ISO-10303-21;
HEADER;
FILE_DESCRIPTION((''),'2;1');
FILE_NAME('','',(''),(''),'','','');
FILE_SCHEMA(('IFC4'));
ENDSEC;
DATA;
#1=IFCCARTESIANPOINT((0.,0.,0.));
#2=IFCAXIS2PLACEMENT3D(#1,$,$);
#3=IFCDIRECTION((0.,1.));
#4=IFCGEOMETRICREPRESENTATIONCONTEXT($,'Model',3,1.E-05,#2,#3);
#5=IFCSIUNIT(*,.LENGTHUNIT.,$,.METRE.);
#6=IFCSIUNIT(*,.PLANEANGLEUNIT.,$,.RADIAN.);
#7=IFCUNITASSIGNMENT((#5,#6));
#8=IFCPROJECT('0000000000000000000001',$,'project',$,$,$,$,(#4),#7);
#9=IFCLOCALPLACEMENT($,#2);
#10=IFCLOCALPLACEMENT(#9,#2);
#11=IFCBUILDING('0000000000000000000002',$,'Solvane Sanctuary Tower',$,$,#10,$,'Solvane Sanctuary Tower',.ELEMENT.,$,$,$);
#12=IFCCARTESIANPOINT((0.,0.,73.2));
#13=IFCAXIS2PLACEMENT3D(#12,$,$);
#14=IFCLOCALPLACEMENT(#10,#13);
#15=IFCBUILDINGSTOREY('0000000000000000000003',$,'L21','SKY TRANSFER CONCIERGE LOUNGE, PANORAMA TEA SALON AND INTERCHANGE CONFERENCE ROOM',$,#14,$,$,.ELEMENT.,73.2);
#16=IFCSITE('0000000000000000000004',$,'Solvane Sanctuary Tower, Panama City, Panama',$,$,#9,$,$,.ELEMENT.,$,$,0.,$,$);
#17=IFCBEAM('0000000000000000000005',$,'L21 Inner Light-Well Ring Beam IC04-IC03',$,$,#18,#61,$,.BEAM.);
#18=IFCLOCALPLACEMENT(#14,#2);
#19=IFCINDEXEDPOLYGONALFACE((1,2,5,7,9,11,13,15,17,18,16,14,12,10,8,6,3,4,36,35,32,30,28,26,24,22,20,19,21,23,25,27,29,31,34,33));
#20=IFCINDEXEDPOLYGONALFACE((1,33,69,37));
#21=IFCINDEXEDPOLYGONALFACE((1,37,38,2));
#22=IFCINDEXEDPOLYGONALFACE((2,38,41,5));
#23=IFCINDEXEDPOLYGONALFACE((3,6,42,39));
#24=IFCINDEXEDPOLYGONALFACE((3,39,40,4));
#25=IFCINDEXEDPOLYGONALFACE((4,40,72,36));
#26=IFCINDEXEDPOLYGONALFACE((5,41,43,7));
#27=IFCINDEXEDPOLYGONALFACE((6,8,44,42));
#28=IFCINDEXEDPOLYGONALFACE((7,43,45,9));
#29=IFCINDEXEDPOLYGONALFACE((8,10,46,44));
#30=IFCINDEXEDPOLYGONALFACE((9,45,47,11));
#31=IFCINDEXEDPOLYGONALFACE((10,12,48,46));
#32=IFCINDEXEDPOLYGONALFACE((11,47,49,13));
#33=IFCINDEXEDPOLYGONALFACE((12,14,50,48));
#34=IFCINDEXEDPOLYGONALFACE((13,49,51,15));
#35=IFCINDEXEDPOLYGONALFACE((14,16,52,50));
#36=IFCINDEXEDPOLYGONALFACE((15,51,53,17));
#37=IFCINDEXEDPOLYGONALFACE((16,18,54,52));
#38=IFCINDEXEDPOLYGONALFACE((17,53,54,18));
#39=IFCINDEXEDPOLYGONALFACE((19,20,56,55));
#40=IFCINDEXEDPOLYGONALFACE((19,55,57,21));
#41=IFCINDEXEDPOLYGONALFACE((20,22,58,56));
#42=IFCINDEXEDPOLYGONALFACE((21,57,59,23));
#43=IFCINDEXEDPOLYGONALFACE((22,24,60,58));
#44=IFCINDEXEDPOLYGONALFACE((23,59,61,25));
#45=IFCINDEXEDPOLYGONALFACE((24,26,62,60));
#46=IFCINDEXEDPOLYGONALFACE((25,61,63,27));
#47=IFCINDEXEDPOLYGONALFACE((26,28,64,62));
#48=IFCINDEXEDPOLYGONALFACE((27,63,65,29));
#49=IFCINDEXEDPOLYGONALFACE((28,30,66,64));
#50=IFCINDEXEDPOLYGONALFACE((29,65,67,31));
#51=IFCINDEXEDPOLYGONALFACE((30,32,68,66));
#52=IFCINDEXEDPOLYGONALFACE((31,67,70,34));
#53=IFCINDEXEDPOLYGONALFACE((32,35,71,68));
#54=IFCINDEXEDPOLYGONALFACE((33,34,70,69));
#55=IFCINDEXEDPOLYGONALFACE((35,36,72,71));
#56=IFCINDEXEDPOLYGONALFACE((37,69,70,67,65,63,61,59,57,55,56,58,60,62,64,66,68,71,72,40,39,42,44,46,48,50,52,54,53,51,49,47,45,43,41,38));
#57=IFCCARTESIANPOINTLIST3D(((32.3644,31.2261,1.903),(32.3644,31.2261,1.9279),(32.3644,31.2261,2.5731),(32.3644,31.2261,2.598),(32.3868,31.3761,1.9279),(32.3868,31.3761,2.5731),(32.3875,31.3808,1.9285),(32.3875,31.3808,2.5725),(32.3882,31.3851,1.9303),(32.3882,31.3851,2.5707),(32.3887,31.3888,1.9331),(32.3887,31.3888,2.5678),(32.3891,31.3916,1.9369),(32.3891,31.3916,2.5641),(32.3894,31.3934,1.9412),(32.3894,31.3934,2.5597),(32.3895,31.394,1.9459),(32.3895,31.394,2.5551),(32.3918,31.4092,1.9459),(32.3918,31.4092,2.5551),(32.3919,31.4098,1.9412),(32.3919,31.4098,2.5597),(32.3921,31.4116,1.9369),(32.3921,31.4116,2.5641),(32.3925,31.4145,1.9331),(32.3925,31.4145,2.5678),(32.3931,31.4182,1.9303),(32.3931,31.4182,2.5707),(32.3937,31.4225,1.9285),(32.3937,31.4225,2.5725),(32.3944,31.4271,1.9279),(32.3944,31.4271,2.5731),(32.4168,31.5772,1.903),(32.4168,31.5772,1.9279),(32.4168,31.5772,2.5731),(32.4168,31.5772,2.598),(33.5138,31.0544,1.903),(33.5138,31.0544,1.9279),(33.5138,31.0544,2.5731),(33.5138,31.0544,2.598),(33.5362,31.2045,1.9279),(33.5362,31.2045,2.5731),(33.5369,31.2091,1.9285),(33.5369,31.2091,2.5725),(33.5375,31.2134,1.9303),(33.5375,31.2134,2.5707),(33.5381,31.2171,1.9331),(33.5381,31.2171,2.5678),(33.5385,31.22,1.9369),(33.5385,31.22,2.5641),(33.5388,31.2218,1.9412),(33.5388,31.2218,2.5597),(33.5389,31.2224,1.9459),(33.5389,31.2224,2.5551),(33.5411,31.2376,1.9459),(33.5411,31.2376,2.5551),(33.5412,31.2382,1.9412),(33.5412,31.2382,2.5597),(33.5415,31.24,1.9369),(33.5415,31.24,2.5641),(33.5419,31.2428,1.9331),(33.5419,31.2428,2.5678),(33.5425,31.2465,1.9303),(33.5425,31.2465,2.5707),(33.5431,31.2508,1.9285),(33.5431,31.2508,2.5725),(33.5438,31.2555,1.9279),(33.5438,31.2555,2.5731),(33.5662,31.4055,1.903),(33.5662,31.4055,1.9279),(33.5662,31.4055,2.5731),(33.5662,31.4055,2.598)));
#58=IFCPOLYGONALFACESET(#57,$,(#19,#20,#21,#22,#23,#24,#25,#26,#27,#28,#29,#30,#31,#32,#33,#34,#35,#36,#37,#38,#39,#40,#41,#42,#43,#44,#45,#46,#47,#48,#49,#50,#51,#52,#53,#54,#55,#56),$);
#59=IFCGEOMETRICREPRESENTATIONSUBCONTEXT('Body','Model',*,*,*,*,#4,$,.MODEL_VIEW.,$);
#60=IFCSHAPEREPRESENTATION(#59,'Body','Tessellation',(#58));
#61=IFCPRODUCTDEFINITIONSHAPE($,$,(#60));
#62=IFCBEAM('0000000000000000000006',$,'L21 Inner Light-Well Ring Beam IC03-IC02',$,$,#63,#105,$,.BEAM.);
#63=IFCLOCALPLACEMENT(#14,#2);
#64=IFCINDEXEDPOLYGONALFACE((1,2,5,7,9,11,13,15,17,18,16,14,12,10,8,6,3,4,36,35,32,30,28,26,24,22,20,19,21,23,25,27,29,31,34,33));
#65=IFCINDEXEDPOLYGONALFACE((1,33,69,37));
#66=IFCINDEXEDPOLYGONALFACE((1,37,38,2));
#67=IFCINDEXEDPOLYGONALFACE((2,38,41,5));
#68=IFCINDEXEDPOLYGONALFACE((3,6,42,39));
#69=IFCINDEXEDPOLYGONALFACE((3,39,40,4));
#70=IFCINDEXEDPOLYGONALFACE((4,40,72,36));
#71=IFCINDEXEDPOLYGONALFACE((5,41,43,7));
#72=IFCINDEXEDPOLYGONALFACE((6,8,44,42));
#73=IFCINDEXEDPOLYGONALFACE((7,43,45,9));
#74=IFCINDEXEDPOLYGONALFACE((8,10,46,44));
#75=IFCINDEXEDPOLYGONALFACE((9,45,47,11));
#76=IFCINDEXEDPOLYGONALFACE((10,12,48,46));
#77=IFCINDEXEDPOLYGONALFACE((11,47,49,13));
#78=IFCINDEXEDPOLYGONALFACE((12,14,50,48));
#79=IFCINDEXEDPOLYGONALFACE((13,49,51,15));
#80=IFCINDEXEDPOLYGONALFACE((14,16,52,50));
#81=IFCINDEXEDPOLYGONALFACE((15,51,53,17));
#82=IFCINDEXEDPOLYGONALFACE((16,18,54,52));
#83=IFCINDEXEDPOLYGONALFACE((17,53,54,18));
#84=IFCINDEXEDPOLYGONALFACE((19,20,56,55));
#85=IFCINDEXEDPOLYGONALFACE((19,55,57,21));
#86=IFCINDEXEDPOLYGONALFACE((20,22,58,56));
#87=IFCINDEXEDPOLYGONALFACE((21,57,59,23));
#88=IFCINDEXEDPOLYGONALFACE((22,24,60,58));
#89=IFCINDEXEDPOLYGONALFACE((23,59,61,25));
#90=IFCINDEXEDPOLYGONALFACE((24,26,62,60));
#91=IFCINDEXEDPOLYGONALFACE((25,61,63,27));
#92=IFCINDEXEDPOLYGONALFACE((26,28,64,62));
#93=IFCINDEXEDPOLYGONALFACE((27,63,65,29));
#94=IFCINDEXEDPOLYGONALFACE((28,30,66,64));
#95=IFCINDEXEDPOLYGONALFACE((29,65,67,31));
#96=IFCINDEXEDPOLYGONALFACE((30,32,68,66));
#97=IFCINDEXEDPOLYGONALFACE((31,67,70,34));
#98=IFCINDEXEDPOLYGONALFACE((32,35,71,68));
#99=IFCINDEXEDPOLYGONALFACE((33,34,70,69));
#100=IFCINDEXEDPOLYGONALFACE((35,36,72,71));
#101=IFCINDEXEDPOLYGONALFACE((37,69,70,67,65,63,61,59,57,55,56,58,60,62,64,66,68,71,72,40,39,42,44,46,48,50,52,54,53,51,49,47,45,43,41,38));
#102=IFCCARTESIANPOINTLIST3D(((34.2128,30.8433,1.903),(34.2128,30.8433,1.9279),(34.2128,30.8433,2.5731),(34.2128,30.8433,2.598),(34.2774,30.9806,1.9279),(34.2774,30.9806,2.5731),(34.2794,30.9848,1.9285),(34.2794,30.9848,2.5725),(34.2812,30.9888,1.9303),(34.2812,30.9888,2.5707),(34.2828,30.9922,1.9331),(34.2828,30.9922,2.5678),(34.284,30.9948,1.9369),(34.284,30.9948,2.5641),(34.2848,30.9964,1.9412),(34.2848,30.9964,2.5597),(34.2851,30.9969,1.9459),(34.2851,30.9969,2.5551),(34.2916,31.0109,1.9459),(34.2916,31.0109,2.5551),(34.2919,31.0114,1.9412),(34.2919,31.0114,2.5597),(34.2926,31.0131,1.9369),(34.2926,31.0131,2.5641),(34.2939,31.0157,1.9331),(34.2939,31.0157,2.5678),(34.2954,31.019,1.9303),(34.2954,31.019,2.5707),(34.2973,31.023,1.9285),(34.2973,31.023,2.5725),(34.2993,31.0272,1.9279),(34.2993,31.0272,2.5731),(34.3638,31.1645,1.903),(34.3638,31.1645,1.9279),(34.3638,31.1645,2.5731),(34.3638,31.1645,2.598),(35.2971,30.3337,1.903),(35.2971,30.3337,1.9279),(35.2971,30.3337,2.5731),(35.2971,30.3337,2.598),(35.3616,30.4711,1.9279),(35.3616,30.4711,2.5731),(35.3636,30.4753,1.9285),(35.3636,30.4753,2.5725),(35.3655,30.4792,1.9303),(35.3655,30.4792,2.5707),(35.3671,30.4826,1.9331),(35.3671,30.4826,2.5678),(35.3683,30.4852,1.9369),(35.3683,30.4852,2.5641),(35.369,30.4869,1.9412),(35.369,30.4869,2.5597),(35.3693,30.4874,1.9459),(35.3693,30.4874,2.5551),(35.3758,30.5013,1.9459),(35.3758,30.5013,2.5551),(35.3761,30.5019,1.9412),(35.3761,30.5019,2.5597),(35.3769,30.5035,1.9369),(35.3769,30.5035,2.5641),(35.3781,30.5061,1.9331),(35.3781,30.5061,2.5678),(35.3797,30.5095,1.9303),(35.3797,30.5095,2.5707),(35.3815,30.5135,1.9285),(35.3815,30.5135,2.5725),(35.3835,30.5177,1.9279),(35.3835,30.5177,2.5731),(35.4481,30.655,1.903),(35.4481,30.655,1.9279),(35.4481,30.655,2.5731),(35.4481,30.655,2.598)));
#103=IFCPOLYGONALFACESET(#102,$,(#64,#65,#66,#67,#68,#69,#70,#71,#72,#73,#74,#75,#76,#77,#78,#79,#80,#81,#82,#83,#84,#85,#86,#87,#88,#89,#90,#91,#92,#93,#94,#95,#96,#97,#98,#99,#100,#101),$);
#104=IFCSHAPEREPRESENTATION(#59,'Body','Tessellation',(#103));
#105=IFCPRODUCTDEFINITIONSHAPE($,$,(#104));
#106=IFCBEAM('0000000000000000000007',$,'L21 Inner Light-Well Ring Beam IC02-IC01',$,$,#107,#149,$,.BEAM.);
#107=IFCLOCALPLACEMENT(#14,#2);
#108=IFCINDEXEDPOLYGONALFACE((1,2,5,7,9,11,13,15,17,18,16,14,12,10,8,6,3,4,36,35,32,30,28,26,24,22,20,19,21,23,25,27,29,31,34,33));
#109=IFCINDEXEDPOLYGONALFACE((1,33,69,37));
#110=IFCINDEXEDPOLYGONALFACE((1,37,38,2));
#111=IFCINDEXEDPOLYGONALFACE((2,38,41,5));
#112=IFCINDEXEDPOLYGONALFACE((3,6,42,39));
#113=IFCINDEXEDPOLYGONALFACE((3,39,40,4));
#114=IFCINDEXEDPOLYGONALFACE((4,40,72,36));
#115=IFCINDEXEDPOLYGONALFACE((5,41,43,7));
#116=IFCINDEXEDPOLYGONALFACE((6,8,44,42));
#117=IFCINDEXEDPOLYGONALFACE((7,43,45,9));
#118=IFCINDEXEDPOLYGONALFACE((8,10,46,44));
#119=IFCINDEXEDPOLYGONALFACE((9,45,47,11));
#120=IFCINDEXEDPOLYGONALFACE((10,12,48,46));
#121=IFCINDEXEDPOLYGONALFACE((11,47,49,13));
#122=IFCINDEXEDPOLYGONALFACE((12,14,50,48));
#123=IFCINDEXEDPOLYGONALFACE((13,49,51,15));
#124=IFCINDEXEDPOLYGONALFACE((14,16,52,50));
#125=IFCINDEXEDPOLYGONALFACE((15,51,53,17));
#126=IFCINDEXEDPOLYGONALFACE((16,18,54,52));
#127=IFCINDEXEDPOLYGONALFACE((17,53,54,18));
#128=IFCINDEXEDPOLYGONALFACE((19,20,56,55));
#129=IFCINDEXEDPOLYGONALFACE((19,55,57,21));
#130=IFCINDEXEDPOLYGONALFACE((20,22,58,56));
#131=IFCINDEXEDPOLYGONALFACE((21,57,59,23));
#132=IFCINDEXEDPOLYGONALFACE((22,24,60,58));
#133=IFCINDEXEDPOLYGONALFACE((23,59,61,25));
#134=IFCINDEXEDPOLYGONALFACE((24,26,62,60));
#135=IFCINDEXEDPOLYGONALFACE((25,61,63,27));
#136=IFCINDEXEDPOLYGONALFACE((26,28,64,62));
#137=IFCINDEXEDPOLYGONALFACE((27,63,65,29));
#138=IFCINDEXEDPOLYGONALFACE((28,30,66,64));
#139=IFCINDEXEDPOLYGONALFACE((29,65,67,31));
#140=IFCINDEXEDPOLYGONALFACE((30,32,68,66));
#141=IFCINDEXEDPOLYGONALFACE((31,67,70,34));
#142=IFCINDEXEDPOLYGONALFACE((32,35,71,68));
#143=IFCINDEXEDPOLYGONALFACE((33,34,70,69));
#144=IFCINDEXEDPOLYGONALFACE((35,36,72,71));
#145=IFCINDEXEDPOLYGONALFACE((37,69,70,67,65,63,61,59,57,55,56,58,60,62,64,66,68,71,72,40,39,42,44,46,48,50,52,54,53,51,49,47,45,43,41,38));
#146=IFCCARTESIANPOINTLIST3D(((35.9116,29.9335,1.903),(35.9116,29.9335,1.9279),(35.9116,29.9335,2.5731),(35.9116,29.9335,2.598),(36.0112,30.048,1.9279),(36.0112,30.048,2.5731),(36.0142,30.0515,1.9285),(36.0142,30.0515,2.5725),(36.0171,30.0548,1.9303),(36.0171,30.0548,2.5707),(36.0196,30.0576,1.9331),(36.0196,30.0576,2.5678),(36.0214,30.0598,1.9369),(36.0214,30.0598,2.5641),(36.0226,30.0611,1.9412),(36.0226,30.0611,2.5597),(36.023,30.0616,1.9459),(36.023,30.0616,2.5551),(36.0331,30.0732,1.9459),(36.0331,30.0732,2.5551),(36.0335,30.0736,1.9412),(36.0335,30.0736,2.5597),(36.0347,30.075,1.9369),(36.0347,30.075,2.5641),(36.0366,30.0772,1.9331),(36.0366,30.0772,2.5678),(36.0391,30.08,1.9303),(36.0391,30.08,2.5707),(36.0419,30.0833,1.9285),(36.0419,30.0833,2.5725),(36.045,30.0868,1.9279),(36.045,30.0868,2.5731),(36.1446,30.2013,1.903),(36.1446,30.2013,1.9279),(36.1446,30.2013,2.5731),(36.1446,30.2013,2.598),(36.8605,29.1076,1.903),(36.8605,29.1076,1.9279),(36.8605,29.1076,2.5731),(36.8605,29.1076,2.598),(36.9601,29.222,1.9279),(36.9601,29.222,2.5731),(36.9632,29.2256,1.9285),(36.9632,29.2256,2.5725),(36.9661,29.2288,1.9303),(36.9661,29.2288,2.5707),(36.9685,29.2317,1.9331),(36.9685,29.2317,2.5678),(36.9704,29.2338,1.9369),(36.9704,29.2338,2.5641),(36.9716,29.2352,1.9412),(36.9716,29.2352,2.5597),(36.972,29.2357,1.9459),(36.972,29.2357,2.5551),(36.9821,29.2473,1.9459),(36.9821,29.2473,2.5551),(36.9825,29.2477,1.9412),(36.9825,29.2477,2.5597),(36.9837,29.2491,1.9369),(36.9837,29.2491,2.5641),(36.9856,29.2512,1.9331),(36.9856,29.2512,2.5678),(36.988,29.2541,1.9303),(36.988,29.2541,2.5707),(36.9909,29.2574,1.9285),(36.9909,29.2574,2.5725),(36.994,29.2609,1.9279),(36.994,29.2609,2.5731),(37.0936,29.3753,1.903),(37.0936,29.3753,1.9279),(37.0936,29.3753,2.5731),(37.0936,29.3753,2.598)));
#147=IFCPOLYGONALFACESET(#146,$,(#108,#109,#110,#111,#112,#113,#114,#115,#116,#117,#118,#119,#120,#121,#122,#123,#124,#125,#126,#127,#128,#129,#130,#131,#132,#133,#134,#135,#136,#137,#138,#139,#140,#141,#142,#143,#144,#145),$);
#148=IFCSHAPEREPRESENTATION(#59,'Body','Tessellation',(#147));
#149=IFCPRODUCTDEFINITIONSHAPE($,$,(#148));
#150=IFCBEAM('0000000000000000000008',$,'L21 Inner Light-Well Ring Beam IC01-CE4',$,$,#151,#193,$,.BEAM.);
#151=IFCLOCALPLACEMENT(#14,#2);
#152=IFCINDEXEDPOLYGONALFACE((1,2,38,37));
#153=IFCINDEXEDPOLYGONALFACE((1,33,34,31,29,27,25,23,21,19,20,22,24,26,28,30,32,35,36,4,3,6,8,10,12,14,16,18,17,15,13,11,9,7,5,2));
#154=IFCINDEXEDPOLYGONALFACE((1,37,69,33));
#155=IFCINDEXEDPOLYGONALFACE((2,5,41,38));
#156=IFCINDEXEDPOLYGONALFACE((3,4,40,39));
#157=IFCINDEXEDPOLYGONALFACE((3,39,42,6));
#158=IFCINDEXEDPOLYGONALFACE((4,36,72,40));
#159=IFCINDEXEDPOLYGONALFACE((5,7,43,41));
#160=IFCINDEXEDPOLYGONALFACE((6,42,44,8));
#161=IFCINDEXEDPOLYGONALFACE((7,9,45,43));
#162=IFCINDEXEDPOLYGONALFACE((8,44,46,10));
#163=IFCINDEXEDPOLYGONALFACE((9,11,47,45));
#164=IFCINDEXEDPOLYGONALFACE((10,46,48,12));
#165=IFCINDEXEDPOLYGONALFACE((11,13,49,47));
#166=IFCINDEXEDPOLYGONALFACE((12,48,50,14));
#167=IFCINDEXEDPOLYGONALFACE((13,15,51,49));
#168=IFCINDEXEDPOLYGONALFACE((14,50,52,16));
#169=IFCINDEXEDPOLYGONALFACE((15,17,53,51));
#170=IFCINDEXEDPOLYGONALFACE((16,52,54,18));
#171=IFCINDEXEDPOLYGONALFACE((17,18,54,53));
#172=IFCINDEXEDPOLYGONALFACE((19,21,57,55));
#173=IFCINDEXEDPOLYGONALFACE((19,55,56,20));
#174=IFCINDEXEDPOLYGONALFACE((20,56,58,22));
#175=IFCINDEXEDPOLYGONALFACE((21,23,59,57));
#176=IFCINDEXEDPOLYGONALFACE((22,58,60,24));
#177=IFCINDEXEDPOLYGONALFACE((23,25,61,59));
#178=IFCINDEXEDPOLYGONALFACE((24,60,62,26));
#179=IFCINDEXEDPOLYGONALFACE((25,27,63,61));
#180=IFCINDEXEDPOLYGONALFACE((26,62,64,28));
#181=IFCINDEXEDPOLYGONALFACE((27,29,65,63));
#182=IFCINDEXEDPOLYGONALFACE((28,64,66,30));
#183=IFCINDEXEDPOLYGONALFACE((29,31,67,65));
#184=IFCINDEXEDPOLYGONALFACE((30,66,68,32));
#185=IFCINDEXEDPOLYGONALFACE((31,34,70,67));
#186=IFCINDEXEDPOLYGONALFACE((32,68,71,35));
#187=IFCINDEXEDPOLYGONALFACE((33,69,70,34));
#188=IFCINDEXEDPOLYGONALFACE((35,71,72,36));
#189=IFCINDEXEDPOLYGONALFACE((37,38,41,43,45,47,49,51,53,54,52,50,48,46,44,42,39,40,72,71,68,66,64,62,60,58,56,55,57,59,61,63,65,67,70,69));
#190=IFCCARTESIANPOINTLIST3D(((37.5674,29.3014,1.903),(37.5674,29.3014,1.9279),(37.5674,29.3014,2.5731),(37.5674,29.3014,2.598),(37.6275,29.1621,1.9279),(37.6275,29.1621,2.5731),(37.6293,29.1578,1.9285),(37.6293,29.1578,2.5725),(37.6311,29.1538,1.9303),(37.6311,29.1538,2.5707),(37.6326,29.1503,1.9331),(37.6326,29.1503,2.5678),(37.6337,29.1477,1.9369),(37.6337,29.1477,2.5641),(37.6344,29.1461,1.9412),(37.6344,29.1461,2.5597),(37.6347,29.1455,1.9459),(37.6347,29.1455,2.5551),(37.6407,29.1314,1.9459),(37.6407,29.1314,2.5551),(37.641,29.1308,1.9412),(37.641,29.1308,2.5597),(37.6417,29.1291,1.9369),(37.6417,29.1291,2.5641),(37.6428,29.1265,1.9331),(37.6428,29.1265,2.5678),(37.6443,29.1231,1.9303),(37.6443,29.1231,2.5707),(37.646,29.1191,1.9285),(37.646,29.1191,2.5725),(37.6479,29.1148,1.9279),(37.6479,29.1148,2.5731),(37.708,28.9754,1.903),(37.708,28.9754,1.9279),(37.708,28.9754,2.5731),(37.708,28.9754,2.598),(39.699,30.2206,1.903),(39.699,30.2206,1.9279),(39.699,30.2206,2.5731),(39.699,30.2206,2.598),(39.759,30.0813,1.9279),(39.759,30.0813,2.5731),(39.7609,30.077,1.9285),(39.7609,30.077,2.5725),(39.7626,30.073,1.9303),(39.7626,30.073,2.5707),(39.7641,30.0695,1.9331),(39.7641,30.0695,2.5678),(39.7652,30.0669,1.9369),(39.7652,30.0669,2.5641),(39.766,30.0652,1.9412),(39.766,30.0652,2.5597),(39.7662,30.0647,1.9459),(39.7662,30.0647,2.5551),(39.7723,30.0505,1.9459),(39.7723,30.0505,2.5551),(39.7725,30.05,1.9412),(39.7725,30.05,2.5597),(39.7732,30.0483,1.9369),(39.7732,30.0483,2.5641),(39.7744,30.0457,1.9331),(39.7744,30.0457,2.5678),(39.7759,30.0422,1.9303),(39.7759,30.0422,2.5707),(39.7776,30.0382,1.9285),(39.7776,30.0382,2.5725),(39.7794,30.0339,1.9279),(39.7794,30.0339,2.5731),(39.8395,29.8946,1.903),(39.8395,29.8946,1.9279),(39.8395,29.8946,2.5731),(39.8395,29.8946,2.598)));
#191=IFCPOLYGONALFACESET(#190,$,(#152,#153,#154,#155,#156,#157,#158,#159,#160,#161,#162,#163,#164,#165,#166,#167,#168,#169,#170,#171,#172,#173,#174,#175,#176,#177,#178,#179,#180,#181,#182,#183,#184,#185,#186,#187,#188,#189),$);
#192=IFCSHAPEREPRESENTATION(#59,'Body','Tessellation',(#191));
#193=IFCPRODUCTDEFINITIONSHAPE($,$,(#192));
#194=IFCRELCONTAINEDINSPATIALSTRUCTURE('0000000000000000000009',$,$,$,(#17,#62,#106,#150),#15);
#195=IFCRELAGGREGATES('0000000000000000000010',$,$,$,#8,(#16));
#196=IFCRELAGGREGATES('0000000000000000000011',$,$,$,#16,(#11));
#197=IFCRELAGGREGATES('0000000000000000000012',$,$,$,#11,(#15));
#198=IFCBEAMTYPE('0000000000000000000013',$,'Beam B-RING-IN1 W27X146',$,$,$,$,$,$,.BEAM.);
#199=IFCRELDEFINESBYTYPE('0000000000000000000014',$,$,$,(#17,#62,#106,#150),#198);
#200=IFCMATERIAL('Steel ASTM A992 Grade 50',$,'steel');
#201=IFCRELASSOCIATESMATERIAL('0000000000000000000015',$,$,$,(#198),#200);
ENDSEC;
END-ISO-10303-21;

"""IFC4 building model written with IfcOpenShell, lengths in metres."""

from ifc_helpers import new_model, si_unit, direction, frame, origin, origin_2d, place, context, subcontext, project, spatial, i_section, extrude, material, material_profile, profile_set, type_object, element, save


model = new_model("IFC4")

# Units and contexts
model_context = context("Model", 3, precision=1e-05, world=origin(), true_north=direction((0.0, 1.0)))
body_context = subcontext(model_context, "Body", "Model", "MODEL_VIEW")
ifc_project = project(units=[si_unit("LENGTHUNIT", "METRE"), si_unit("PLANEANGLEUNIT", "RADIAN")], contexts=[model_context])

# Site, building, storey
site_placement = place(None, origin())
site = spatial("IfcSite", under=ifc_project, at=site_placement, Name="Solvane Sanctuary Tower, Panama City, Panama", CompositionType="ELEMENT", RefElevation=0.0)
building_placement = place(site_placement, origin())
building = spatial("IfcBuilding", under=site, at=building_placement, Name="Solvane Sanctuary Tower", LongName="Solvane Sanctuary Tower", CompositionType="ELEMENT")
storey_placement = place(building_placement, frame((0.0, 0.0, 73.2)))
storey = spatial("IfcBuildingStorey", under=building, at=storey_placement, Name="L21", Description="SKY TRANSFER CONCIERGE LOUNGE, PANORAMA TEA SALON AND INTERCHANGE CONFERENCE ROOM", CompositionType="ELEMENT", Elevation=73.2)

# Beams
ifc_material_1 = material(Name="Steel ASTM A992 Grade 50", Category="steel")
ifc_material_profile_1 = material_profile(ifc_material_1, i_section(OverallWidth=0.355, OverallDepth=0.6951, WebThickness=0.0154, FlangeThickness=0.0249, FilletRadius=0.0181, at=origin_2d()), Name="W27X146")
ifc_profile_set_1 = profile_set([ifc_material_profile_1], Name="Steel ASTM A992 Grade 50")
beam_type_1 = type_object("IfcBeamType", Name="Beam B-RING-IN1 W27X146", PredefinedType="BEAM", material=ifc_profile_set_1)
beam_1_placement = place(storey_placement, frame((32.3906, 31.4016, 2.2505), z_axis=(0.989035, -0.147683, 0.0), x_axis=(0.147683, 0.989035, 0.0)))
element("IfcBeam", 1, at=beam_1_placement, inside=storey, type_object=beam_type_1, Name="L21 Inner Light-Well Ring Beam IC04-IC03", PredefinedType="BEAM", context=body_context, shape_type="SweptSolid", body=[
    extrude(i_section(OverallWidth=0.355, OverallDepth=0.6951, WebThickness=0.0154, FlangeThickness=0.0249, FilletRadius=0.0181, at=origin_2d()), origin(), (0.0, 0.0, 1.0), 1.1621),
])
beam_2_placement = place(storey_placement, frame((34.2883, 31.0039, 2.2505), z_axis=(0.905045, -0.425316, 0.0), x_axis=(0.425316, 0.905045, 0.0)))
element("IfcBeam", 2, at=beam_2_placement, inside=storey, type_object=beam_type_1, Name="L21 Inner Light-Well Ring Beam IC03-IC02", PredefinedType="BEAM", context=body_context, shape_type="SweptSolid", body=[
    extrude(i_section(OverallWidth=0.355, OverallDepth=0.6951, WebThickness=0.0154, FlangeThickness=0.0249, FilletRadius=0.0181, at=origin_2d()), origin(), (0.0, 0.0, 1.0), 1.198),
])
beam_3_placement = place(storey_placement, frame((36.0281, 30.0674, 2.2505), z_axis=(0.754317, -0.65651, 0.0), x_axis=(0.65651, 0.754317, 0.0)))
element("IfcBeam", 3, at=beam_3_placement, inside=storey, type_object=beam_type_1, Name="L21 Inner Light-Well Ring Beam IC02-IC01", PredefinedType="BEAM", context=body_context, shape_type="SweptSolid", body=[
    extrude(i_section(OverallWidth=0.355, OverallDepth=0.6951, WebThickness=0.0154, FlangeThickness=0.0249, FilletRadius=0.0181, at=origin_2d()), origin(), (0.0, 0.0, 1.0), 1.2581),
])
beam_4_placement = place(storey_placement, frame((37.6377, 29.1384, 2.2505), z_axis=(0.918261, 0.395975, 0.0), x_axis=(-0.395975, 0.918261, 0.0)))
element("IfcBeam", 4, at=beam_4_placement, inside=storey, type_object=beam_type_1, Name="L21 Inner Light-Well Ring Beam IC01-CE4", PredefinedType="BEAM", context=body_context, shape_type="SweptSolid", body=[
    extrude(i_section(OverallWidth=0.355, OverallDepth=0.6951, WebThickness=0.0154, FlangeThickness=0.0249, FilletRadius=0.0181, at=origin_2d()), origin(), (0.0, 0.0, 1.0), 2.3213),
])

save(model, "model.ifc")
